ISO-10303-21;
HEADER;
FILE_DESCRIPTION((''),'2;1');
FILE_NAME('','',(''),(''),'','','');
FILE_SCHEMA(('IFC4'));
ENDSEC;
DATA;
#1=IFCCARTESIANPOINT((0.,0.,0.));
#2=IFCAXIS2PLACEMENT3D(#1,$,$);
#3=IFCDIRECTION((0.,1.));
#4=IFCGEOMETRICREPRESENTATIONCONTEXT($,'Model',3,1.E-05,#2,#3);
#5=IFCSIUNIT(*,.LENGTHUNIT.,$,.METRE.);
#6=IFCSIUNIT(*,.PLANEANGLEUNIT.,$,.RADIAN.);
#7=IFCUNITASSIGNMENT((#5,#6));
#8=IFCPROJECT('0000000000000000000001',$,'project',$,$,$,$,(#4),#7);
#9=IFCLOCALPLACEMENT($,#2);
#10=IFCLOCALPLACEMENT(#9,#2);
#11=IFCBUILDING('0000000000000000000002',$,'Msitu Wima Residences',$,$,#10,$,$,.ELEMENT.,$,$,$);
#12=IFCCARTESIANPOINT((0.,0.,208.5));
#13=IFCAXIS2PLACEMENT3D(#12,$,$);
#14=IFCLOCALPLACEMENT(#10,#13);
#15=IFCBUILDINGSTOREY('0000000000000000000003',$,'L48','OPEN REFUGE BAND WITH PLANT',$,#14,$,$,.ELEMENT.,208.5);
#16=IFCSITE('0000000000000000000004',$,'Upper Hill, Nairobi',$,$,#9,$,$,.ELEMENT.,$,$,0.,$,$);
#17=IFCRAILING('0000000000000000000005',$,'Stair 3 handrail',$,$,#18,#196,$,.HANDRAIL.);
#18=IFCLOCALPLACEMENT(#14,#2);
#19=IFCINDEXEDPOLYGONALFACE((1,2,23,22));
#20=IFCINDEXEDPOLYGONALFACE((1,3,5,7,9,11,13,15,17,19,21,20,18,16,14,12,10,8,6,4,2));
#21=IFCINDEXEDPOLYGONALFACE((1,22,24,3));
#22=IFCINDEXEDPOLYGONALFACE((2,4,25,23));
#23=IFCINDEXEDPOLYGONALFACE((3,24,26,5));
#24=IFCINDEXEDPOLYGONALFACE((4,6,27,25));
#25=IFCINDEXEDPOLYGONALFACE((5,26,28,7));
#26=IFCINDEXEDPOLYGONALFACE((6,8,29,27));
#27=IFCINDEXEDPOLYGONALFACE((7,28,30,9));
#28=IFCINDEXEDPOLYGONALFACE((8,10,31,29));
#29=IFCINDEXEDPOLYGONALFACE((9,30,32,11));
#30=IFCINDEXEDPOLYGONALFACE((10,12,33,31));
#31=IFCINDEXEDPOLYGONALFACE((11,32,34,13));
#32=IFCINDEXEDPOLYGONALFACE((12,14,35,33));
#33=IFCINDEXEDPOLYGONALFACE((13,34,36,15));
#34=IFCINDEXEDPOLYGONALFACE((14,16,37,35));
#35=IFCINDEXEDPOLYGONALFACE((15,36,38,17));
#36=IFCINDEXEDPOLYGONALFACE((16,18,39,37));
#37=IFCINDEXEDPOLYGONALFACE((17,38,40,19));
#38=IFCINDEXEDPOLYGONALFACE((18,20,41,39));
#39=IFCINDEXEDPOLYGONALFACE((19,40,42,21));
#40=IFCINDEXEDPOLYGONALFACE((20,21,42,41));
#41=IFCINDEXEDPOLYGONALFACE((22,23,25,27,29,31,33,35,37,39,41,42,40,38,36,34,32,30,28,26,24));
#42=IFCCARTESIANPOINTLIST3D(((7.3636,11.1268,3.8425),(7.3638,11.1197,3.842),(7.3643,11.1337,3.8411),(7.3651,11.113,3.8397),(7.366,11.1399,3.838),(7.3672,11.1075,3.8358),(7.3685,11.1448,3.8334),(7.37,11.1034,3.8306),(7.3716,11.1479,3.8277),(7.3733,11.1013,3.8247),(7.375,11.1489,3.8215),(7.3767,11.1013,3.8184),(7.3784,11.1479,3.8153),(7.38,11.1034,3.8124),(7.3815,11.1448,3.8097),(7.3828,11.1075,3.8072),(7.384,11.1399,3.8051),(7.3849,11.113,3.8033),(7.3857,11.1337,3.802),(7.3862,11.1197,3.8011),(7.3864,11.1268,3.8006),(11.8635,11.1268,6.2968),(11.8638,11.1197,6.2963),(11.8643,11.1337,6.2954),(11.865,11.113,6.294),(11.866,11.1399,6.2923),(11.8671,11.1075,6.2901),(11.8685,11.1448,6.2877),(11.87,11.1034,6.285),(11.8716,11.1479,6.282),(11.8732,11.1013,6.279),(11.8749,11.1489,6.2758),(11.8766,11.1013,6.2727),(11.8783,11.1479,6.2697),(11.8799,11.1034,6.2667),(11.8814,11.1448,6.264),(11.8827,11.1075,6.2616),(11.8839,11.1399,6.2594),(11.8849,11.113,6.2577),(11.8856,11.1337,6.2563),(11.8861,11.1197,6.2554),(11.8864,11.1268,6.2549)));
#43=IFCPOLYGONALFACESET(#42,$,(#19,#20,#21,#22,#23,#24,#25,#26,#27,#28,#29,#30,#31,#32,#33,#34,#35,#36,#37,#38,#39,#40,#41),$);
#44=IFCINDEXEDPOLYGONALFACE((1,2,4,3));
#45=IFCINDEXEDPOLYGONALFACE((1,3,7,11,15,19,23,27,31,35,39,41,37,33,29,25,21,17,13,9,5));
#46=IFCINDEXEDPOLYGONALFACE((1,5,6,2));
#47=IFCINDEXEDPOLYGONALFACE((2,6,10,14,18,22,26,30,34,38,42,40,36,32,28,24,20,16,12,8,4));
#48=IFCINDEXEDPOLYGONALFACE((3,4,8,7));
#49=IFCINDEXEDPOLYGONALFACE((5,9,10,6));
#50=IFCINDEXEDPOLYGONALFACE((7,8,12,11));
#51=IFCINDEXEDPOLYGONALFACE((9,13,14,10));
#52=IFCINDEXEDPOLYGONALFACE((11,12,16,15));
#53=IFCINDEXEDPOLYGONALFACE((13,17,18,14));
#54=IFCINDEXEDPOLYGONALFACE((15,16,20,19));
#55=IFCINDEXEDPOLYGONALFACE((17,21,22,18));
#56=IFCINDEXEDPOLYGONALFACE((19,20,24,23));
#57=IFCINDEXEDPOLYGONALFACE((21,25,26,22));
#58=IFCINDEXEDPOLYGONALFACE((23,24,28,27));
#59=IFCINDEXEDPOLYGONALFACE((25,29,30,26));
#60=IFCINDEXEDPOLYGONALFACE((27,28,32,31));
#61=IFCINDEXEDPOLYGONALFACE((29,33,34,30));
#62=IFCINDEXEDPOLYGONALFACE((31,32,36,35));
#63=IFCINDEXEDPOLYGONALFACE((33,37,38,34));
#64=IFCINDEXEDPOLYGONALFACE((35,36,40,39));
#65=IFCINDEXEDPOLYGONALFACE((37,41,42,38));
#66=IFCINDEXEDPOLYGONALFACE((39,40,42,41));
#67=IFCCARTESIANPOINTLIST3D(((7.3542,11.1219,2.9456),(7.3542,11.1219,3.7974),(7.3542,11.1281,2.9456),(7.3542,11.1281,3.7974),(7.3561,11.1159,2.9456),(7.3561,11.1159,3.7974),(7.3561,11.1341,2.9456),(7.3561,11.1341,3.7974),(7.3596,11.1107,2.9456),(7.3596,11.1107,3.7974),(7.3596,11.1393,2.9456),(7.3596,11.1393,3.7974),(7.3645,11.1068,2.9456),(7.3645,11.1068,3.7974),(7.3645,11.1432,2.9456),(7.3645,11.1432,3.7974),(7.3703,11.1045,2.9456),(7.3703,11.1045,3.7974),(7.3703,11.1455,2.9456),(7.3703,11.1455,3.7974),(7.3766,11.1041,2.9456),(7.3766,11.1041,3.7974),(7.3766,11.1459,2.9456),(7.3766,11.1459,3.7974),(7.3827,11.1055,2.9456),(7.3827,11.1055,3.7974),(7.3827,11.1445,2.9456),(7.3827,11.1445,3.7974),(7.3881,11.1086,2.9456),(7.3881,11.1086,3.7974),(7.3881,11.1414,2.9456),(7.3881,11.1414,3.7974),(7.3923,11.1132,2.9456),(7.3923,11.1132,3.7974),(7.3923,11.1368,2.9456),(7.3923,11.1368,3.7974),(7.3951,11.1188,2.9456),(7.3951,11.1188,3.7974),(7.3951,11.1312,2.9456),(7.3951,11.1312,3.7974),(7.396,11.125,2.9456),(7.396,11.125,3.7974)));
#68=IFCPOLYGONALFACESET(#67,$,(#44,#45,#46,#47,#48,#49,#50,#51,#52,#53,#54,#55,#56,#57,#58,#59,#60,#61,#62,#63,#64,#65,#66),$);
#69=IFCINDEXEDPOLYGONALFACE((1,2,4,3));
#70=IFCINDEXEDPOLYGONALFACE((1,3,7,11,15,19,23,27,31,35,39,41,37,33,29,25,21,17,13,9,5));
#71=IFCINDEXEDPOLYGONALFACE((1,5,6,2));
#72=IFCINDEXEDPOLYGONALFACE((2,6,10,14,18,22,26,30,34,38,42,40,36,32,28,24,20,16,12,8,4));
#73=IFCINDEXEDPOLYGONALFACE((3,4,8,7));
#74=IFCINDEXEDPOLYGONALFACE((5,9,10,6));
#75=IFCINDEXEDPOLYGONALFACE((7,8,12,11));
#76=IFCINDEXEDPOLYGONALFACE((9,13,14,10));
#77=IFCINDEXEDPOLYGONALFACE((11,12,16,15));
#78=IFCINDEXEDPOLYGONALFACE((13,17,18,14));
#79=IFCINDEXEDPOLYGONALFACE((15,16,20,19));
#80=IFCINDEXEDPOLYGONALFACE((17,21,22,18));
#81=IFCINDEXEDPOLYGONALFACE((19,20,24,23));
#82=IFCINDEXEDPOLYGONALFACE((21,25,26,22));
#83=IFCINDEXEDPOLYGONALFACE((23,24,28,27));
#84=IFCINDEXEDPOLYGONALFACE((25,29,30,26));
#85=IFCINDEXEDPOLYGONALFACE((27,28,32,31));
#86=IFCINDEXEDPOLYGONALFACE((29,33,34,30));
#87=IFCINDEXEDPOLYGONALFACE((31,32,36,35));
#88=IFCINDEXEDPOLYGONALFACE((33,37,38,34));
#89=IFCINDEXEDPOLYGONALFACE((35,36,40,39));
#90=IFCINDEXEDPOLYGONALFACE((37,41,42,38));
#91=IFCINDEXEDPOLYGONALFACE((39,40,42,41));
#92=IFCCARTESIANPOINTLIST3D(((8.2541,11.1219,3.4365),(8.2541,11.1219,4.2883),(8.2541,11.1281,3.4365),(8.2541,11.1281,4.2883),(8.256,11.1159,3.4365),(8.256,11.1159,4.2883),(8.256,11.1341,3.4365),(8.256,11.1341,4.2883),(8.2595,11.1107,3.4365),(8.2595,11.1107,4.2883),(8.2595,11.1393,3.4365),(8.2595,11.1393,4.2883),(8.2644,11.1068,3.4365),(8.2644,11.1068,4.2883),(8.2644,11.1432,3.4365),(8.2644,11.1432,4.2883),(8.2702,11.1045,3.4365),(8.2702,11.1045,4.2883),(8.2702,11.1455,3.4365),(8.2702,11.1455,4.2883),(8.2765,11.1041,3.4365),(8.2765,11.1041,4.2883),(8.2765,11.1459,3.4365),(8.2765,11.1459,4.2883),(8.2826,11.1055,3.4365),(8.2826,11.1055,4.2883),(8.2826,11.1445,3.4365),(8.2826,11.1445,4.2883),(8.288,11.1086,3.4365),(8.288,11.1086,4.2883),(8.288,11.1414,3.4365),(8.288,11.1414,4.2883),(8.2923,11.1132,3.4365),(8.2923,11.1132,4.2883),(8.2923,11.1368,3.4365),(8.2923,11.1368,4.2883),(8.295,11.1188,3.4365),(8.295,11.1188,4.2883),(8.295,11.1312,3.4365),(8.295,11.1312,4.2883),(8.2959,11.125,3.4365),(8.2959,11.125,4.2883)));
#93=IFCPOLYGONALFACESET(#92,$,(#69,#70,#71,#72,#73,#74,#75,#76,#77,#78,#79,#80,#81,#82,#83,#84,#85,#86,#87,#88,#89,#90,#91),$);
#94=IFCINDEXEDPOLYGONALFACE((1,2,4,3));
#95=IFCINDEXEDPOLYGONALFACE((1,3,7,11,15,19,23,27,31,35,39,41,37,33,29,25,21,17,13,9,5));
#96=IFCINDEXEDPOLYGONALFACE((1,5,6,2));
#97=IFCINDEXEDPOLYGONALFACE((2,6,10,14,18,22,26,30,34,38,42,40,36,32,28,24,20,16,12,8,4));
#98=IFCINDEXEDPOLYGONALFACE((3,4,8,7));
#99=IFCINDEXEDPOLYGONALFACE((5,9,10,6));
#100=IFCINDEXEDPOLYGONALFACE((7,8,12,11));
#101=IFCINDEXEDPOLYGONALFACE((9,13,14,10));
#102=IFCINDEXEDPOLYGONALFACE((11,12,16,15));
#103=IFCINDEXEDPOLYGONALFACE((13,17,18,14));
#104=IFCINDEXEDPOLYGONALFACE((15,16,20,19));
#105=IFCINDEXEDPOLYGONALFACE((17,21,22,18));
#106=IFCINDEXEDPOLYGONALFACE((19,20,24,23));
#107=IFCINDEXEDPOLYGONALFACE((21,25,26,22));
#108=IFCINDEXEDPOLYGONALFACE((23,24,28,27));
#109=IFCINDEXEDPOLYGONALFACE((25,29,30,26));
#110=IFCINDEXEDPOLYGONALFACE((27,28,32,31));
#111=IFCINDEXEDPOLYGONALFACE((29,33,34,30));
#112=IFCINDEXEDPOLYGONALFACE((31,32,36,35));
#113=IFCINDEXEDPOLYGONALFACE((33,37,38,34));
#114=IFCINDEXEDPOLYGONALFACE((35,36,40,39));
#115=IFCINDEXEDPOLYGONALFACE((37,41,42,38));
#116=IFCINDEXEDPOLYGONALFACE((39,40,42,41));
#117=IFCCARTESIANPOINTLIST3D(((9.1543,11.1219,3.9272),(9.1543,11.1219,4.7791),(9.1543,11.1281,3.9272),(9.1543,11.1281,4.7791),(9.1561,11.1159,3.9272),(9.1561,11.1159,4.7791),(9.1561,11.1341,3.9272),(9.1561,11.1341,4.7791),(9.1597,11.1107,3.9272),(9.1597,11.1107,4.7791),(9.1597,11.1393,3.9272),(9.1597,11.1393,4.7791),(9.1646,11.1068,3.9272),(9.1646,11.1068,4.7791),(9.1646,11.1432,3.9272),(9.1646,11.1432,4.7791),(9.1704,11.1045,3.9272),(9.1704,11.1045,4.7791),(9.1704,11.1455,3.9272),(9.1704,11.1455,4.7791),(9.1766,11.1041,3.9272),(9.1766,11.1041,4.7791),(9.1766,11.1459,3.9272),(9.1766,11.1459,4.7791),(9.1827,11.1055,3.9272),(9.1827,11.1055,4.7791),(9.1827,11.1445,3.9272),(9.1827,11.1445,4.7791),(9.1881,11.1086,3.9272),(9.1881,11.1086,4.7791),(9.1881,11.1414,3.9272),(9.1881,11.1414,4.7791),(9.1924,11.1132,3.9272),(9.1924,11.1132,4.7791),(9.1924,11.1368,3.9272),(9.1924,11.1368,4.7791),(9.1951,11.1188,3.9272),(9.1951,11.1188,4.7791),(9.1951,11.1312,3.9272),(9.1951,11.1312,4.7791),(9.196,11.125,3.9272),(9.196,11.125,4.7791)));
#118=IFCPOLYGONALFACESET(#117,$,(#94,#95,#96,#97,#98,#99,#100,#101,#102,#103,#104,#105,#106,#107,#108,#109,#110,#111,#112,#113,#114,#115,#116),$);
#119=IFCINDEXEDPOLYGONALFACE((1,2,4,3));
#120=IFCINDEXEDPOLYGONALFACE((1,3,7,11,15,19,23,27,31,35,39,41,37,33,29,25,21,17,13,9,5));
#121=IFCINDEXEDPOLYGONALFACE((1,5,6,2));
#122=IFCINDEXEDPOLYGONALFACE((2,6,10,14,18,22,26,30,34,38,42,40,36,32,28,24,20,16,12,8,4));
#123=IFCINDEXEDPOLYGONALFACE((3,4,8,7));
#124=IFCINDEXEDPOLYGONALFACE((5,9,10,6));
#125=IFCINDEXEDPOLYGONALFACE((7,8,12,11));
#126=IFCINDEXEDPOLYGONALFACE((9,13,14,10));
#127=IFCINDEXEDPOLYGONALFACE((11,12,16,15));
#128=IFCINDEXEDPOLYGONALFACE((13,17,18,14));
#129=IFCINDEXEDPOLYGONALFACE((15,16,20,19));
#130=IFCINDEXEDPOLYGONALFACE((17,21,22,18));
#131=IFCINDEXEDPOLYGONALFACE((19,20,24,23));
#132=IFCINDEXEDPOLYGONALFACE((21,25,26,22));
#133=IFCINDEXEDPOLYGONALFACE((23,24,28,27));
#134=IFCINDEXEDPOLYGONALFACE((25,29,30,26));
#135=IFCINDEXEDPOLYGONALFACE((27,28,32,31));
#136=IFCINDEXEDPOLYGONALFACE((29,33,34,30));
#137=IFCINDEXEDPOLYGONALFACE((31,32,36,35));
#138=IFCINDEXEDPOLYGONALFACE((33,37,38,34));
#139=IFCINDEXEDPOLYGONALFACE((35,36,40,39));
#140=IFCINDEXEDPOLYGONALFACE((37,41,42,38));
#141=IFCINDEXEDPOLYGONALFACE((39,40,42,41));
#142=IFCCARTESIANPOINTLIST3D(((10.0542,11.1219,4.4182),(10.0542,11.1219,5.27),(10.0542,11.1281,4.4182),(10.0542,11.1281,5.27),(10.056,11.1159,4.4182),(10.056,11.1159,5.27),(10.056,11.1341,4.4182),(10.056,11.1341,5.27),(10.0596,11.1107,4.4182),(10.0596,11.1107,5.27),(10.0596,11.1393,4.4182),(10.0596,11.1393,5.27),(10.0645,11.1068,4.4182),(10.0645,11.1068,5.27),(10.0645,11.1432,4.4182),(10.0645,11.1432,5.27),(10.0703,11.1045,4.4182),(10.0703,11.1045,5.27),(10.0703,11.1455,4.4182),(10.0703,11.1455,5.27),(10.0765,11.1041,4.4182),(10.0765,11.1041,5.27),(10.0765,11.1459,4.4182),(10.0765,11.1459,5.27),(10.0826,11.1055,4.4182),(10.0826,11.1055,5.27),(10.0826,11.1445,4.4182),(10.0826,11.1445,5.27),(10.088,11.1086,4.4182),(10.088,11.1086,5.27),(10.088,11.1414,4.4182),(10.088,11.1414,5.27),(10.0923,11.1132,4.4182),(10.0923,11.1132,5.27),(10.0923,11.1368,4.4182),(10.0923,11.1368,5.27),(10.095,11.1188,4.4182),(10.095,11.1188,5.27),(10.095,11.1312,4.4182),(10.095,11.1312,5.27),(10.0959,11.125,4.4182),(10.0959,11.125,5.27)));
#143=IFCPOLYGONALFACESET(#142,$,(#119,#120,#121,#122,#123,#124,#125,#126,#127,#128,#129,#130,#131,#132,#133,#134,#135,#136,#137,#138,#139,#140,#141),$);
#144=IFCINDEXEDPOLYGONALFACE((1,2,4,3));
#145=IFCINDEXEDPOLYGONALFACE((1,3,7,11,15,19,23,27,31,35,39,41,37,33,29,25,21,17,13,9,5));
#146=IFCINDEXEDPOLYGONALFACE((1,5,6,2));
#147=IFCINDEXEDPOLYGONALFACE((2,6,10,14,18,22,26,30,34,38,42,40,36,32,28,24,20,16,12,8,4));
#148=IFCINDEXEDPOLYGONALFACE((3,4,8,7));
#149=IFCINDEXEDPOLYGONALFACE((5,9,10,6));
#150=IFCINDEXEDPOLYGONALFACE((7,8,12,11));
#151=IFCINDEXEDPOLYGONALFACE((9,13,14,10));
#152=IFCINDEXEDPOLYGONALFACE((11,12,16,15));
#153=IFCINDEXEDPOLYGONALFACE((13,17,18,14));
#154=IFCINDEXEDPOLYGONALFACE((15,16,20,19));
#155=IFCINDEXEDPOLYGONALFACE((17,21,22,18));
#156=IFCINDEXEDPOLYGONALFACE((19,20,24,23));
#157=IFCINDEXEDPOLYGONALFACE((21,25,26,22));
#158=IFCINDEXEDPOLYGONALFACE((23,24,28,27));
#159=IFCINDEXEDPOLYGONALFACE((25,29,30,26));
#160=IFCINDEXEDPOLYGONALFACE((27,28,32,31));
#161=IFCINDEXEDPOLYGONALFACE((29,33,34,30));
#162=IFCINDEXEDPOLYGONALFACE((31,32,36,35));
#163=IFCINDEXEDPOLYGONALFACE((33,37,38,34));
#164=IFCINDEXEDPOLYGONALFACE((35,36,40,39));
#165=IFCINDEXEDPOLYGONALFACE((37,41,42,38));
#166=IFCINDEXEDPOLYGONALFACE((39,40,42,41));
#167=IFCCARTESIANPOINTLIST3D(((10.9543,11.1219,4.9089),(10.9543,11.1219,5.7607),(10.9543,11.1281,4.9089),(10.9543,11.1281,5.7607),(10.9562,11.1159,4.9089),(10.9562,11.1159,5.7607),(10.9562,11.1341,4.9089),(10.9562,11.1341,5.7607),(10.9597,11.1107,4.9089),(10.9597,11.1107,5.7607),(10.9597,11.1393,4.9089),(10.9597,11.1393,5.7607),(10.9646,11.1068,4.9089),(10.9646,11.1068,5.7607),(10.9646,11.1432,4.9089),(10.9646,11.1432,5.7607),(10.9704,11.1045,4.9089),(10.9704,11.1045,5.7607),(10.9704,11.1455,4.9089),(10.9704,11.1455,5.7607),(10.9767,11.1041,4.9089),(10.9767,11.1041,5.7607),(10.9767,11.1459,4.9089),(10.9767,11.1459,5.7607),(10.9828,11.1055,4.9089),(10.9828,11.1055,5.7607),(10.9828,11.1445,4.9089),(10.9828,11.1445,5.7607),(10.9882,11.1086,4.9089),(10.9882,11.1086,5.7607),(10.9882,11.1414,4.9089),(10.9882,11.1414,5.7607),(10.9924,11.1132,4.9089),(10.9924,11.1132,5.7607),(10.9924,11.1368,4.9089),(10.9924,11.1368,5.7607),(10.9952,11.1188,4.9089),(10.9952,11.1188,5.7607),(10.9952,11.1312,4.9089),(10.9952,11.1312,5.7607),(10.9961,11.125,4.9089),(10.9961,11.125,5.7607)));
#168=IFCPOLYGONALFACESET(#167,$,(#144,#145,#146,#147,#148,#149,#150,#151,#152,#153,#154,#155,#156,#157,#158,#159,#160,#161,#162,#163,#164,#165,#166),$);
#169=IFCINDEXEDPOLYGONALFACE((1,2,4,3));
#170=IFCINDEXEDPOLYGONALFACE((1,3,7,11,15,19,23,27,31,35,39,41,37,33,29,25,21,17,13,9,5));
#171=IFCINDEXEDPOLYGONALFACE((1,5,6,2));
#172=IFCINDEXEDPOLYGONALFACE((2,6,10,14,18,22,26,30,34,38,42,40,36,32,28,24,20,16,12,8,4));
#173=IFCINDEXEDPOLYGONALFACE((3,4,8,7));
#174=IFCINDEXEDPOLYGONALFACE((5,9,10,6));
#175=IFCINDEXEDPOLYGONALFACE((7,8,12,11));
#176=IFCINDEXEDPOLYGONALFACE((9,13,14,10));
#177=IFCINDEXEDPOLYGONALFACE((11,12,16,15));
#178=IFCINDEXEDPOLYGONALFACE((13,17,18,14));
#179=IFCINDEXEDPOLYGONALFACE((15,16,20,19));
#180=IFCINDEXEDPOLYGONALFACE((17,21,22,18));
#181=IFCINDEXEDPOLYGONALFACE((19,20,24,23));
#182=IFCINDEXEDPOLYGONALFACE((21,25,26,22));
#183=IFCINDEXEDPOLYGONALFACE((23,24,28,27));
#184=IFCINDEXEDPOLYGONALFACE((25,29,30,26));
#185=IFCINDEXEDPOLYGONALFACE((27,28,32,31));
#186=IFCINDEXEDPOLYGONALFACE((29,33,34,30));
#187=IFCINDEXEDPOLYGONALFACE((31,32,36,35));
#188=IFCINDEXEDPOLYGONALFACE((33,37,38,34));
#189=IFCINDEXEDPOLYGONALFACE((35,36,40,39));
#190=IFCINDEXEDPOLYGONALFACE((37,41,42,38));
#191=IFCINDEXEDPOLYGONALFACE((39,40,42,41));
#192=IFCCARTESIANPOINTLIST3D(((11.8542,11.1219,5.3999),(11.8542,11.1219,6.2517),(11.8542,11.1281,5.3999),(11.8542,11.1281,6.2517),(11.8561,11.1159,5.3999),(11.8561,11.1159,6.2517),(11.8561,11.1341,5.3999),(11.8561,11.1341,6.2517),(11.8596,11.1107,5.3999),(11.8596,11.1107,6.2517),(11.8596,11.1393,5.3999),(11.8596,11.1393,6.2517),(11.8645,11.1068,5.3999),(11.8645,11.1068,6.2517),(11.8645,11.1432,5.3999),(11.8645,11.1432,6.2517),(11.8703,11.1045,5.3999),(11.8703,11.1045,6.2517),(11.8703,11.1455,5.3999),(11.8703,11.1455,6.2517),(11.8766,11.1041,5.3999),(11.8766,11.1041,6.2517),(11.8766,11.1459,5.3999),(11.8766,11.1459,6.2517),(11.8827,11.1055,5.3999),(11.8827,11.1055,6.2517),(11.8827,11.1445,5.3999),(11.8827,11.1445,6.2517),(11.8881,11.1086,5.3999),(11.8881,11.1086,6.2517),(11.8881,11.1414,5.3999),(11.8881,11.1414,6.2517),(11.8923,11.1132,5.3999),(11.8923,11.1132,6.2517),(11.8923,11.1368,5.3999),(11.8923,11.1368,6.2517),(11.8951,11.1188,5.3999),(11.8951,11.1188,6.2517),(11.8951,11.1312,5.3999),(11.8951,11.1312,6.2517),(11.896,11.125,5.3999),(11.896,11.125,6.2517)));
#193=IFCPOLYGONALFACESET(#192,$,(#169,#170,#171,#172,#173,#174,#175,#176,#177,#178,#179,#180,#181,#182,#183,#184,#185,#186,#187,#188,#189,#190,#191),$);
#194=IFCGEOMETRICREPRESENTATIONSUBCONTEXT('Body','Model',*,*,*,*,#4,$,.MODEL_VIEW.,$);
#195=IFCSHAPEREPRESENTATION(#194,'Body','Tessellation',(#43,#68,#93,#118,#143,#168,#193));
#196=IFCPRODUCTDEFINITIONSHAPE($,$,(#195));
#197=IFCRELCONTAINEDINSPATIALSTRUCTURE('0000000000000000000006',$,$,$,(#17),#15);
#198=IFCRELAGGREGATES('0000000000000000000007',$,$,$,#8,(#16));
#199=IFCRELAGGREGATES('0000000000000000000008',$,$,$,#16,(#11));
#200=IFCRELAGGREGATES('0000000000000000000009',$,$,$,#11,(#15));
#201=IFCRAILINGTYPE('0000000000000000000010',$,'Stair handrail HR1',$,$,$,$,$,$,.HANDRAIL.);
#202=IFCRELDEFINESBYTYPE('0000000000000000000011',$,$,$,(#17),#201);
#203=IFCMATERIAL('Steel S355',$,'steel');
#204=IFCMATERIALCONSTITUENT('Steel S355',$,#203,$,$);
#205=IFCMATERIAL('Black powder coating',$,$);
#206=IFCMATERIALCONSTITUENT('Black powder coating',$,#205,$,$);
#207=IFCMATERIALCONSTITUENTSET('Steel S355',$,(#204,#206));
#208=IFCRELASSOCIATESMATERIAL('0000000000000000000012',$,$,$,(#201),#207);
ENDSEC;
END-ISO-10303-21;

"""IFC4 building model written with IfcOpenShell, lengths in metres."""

from ifc_helpers import new_model, si_unit, direction, frame, origin, origin_2d, place, context, subcontext, project, spatial, circle, extrude, material, constituent, constituent_set, type_object, element, save


model = new_model("IFC4")

# Units and contexts
model_context = context("Model", 3, precision=1e-05, world=origin(), true_north=direction((0.0, 1.0)))
body_context = subcontext(model_context, "Body", "Model", "MODEL_VIEW")
ifc_project = project(units=[si_unit("LENGTHUNIT", "METRE"), si_unit("PLANEANGLEUNIT", "RADIAN")], contexts=[model_context])

# Site, building, storey
site_placement = place(None, origin())
site = spatial("IfcSite", under=ifc_project, at=site_placement, Name="Upper Hill, Nairobi", CompositionType="ELEMENT", RefElevation=0.0)
building_placement = place(site_placement, origin())
building = spatial("IfcBuilding", under=site, at=building_placement, Name="Msitu Wima Residences", CompositionType="ELEMENT")
storey_placement = place(building_placement, frame((0.0, 0.0, 208.5)))
storey = spatial("IfcBuildingStorey", under=building, at=storey_placement, Name="L48", Description="OPEN REFUGE BAND WITH PLANT", CompositionType="ELEMENT", Elevation=208.5)

# Railing
ifc_material_1 = material(Name="Steel S355", Category="steel")
ifc_constituent_1 = constituent(ifc_material_1, Name="Steel S355")
ifc_material_2 = material(Name="Black powder coating")
ifc_constituent_2 = constituent(ifc_material_2, Name="Black powder coating")
ifc_constituent_set_1 = constituent_set(constituents=[ifc_constituent_1, ifc_constituent_2], Name="Steel S355")
railing_type_1 = type_object("IfcRailingType", Name="Stair handrail HR1", PredefinedType="HANDRAIL", material=ifc_constituent_set_1)
for number, where, name in (
    (1, (7.375, 11.125, 2.9456), "Stair 3 handrail"),
):
    element("IfcRailing", number, at=place(storey_placement, frame(where)), inside=storey, type_object=railing_type_1, Name=name, PredefinedType="HANDRAIL", context=body_context, shape_type="SweptSolid", body=[
        extrude(circle(Radius=0.0239, at=origin_2d()), frame((0.0, 0.0, 0.876), z_axis=(0.877912, 0.0, 0.478822), x_axis=(0.0, 1.0, 0.0)), (0.0, 0.0, 1.0), 5.1257),
        extrude(circle(Radius=0.021, at=origin_2d()), origin(), (0.0, 0.0, 1.0), 0.8518),
        extrude(circle(Radius=0.021, at=origin_2d()), frame((0.8999, 0.0, 0.491)), (0.0, 0.0, 1.0), 0.8518),
        extrude(circle(Radius=0.021, at=origin_2d()), frame((1.8, 0.0, 0.9817)), (0.0, 0.0, 1.0), 0.8518),
        extrude(circle(Radius=0.021, at=origin_2d()), frame((2.7, 0.0, 1.4727)), (0.0, 0.0, 1.0), 0.8518),
        extrude(circle(Radius=0.021, at=origin_2d()), frame((3.6001, 0.0, 1.9634)), (0.0, 0.0, 1.0), 0.8518),
        extrude(circle(Radius=0.021, at=origin_2d()), frame((4.5, 0.0, 2.4543)), (0.0, 0.0, 1.0), 0.8518),
    ])

save(model, "model.ifc")
